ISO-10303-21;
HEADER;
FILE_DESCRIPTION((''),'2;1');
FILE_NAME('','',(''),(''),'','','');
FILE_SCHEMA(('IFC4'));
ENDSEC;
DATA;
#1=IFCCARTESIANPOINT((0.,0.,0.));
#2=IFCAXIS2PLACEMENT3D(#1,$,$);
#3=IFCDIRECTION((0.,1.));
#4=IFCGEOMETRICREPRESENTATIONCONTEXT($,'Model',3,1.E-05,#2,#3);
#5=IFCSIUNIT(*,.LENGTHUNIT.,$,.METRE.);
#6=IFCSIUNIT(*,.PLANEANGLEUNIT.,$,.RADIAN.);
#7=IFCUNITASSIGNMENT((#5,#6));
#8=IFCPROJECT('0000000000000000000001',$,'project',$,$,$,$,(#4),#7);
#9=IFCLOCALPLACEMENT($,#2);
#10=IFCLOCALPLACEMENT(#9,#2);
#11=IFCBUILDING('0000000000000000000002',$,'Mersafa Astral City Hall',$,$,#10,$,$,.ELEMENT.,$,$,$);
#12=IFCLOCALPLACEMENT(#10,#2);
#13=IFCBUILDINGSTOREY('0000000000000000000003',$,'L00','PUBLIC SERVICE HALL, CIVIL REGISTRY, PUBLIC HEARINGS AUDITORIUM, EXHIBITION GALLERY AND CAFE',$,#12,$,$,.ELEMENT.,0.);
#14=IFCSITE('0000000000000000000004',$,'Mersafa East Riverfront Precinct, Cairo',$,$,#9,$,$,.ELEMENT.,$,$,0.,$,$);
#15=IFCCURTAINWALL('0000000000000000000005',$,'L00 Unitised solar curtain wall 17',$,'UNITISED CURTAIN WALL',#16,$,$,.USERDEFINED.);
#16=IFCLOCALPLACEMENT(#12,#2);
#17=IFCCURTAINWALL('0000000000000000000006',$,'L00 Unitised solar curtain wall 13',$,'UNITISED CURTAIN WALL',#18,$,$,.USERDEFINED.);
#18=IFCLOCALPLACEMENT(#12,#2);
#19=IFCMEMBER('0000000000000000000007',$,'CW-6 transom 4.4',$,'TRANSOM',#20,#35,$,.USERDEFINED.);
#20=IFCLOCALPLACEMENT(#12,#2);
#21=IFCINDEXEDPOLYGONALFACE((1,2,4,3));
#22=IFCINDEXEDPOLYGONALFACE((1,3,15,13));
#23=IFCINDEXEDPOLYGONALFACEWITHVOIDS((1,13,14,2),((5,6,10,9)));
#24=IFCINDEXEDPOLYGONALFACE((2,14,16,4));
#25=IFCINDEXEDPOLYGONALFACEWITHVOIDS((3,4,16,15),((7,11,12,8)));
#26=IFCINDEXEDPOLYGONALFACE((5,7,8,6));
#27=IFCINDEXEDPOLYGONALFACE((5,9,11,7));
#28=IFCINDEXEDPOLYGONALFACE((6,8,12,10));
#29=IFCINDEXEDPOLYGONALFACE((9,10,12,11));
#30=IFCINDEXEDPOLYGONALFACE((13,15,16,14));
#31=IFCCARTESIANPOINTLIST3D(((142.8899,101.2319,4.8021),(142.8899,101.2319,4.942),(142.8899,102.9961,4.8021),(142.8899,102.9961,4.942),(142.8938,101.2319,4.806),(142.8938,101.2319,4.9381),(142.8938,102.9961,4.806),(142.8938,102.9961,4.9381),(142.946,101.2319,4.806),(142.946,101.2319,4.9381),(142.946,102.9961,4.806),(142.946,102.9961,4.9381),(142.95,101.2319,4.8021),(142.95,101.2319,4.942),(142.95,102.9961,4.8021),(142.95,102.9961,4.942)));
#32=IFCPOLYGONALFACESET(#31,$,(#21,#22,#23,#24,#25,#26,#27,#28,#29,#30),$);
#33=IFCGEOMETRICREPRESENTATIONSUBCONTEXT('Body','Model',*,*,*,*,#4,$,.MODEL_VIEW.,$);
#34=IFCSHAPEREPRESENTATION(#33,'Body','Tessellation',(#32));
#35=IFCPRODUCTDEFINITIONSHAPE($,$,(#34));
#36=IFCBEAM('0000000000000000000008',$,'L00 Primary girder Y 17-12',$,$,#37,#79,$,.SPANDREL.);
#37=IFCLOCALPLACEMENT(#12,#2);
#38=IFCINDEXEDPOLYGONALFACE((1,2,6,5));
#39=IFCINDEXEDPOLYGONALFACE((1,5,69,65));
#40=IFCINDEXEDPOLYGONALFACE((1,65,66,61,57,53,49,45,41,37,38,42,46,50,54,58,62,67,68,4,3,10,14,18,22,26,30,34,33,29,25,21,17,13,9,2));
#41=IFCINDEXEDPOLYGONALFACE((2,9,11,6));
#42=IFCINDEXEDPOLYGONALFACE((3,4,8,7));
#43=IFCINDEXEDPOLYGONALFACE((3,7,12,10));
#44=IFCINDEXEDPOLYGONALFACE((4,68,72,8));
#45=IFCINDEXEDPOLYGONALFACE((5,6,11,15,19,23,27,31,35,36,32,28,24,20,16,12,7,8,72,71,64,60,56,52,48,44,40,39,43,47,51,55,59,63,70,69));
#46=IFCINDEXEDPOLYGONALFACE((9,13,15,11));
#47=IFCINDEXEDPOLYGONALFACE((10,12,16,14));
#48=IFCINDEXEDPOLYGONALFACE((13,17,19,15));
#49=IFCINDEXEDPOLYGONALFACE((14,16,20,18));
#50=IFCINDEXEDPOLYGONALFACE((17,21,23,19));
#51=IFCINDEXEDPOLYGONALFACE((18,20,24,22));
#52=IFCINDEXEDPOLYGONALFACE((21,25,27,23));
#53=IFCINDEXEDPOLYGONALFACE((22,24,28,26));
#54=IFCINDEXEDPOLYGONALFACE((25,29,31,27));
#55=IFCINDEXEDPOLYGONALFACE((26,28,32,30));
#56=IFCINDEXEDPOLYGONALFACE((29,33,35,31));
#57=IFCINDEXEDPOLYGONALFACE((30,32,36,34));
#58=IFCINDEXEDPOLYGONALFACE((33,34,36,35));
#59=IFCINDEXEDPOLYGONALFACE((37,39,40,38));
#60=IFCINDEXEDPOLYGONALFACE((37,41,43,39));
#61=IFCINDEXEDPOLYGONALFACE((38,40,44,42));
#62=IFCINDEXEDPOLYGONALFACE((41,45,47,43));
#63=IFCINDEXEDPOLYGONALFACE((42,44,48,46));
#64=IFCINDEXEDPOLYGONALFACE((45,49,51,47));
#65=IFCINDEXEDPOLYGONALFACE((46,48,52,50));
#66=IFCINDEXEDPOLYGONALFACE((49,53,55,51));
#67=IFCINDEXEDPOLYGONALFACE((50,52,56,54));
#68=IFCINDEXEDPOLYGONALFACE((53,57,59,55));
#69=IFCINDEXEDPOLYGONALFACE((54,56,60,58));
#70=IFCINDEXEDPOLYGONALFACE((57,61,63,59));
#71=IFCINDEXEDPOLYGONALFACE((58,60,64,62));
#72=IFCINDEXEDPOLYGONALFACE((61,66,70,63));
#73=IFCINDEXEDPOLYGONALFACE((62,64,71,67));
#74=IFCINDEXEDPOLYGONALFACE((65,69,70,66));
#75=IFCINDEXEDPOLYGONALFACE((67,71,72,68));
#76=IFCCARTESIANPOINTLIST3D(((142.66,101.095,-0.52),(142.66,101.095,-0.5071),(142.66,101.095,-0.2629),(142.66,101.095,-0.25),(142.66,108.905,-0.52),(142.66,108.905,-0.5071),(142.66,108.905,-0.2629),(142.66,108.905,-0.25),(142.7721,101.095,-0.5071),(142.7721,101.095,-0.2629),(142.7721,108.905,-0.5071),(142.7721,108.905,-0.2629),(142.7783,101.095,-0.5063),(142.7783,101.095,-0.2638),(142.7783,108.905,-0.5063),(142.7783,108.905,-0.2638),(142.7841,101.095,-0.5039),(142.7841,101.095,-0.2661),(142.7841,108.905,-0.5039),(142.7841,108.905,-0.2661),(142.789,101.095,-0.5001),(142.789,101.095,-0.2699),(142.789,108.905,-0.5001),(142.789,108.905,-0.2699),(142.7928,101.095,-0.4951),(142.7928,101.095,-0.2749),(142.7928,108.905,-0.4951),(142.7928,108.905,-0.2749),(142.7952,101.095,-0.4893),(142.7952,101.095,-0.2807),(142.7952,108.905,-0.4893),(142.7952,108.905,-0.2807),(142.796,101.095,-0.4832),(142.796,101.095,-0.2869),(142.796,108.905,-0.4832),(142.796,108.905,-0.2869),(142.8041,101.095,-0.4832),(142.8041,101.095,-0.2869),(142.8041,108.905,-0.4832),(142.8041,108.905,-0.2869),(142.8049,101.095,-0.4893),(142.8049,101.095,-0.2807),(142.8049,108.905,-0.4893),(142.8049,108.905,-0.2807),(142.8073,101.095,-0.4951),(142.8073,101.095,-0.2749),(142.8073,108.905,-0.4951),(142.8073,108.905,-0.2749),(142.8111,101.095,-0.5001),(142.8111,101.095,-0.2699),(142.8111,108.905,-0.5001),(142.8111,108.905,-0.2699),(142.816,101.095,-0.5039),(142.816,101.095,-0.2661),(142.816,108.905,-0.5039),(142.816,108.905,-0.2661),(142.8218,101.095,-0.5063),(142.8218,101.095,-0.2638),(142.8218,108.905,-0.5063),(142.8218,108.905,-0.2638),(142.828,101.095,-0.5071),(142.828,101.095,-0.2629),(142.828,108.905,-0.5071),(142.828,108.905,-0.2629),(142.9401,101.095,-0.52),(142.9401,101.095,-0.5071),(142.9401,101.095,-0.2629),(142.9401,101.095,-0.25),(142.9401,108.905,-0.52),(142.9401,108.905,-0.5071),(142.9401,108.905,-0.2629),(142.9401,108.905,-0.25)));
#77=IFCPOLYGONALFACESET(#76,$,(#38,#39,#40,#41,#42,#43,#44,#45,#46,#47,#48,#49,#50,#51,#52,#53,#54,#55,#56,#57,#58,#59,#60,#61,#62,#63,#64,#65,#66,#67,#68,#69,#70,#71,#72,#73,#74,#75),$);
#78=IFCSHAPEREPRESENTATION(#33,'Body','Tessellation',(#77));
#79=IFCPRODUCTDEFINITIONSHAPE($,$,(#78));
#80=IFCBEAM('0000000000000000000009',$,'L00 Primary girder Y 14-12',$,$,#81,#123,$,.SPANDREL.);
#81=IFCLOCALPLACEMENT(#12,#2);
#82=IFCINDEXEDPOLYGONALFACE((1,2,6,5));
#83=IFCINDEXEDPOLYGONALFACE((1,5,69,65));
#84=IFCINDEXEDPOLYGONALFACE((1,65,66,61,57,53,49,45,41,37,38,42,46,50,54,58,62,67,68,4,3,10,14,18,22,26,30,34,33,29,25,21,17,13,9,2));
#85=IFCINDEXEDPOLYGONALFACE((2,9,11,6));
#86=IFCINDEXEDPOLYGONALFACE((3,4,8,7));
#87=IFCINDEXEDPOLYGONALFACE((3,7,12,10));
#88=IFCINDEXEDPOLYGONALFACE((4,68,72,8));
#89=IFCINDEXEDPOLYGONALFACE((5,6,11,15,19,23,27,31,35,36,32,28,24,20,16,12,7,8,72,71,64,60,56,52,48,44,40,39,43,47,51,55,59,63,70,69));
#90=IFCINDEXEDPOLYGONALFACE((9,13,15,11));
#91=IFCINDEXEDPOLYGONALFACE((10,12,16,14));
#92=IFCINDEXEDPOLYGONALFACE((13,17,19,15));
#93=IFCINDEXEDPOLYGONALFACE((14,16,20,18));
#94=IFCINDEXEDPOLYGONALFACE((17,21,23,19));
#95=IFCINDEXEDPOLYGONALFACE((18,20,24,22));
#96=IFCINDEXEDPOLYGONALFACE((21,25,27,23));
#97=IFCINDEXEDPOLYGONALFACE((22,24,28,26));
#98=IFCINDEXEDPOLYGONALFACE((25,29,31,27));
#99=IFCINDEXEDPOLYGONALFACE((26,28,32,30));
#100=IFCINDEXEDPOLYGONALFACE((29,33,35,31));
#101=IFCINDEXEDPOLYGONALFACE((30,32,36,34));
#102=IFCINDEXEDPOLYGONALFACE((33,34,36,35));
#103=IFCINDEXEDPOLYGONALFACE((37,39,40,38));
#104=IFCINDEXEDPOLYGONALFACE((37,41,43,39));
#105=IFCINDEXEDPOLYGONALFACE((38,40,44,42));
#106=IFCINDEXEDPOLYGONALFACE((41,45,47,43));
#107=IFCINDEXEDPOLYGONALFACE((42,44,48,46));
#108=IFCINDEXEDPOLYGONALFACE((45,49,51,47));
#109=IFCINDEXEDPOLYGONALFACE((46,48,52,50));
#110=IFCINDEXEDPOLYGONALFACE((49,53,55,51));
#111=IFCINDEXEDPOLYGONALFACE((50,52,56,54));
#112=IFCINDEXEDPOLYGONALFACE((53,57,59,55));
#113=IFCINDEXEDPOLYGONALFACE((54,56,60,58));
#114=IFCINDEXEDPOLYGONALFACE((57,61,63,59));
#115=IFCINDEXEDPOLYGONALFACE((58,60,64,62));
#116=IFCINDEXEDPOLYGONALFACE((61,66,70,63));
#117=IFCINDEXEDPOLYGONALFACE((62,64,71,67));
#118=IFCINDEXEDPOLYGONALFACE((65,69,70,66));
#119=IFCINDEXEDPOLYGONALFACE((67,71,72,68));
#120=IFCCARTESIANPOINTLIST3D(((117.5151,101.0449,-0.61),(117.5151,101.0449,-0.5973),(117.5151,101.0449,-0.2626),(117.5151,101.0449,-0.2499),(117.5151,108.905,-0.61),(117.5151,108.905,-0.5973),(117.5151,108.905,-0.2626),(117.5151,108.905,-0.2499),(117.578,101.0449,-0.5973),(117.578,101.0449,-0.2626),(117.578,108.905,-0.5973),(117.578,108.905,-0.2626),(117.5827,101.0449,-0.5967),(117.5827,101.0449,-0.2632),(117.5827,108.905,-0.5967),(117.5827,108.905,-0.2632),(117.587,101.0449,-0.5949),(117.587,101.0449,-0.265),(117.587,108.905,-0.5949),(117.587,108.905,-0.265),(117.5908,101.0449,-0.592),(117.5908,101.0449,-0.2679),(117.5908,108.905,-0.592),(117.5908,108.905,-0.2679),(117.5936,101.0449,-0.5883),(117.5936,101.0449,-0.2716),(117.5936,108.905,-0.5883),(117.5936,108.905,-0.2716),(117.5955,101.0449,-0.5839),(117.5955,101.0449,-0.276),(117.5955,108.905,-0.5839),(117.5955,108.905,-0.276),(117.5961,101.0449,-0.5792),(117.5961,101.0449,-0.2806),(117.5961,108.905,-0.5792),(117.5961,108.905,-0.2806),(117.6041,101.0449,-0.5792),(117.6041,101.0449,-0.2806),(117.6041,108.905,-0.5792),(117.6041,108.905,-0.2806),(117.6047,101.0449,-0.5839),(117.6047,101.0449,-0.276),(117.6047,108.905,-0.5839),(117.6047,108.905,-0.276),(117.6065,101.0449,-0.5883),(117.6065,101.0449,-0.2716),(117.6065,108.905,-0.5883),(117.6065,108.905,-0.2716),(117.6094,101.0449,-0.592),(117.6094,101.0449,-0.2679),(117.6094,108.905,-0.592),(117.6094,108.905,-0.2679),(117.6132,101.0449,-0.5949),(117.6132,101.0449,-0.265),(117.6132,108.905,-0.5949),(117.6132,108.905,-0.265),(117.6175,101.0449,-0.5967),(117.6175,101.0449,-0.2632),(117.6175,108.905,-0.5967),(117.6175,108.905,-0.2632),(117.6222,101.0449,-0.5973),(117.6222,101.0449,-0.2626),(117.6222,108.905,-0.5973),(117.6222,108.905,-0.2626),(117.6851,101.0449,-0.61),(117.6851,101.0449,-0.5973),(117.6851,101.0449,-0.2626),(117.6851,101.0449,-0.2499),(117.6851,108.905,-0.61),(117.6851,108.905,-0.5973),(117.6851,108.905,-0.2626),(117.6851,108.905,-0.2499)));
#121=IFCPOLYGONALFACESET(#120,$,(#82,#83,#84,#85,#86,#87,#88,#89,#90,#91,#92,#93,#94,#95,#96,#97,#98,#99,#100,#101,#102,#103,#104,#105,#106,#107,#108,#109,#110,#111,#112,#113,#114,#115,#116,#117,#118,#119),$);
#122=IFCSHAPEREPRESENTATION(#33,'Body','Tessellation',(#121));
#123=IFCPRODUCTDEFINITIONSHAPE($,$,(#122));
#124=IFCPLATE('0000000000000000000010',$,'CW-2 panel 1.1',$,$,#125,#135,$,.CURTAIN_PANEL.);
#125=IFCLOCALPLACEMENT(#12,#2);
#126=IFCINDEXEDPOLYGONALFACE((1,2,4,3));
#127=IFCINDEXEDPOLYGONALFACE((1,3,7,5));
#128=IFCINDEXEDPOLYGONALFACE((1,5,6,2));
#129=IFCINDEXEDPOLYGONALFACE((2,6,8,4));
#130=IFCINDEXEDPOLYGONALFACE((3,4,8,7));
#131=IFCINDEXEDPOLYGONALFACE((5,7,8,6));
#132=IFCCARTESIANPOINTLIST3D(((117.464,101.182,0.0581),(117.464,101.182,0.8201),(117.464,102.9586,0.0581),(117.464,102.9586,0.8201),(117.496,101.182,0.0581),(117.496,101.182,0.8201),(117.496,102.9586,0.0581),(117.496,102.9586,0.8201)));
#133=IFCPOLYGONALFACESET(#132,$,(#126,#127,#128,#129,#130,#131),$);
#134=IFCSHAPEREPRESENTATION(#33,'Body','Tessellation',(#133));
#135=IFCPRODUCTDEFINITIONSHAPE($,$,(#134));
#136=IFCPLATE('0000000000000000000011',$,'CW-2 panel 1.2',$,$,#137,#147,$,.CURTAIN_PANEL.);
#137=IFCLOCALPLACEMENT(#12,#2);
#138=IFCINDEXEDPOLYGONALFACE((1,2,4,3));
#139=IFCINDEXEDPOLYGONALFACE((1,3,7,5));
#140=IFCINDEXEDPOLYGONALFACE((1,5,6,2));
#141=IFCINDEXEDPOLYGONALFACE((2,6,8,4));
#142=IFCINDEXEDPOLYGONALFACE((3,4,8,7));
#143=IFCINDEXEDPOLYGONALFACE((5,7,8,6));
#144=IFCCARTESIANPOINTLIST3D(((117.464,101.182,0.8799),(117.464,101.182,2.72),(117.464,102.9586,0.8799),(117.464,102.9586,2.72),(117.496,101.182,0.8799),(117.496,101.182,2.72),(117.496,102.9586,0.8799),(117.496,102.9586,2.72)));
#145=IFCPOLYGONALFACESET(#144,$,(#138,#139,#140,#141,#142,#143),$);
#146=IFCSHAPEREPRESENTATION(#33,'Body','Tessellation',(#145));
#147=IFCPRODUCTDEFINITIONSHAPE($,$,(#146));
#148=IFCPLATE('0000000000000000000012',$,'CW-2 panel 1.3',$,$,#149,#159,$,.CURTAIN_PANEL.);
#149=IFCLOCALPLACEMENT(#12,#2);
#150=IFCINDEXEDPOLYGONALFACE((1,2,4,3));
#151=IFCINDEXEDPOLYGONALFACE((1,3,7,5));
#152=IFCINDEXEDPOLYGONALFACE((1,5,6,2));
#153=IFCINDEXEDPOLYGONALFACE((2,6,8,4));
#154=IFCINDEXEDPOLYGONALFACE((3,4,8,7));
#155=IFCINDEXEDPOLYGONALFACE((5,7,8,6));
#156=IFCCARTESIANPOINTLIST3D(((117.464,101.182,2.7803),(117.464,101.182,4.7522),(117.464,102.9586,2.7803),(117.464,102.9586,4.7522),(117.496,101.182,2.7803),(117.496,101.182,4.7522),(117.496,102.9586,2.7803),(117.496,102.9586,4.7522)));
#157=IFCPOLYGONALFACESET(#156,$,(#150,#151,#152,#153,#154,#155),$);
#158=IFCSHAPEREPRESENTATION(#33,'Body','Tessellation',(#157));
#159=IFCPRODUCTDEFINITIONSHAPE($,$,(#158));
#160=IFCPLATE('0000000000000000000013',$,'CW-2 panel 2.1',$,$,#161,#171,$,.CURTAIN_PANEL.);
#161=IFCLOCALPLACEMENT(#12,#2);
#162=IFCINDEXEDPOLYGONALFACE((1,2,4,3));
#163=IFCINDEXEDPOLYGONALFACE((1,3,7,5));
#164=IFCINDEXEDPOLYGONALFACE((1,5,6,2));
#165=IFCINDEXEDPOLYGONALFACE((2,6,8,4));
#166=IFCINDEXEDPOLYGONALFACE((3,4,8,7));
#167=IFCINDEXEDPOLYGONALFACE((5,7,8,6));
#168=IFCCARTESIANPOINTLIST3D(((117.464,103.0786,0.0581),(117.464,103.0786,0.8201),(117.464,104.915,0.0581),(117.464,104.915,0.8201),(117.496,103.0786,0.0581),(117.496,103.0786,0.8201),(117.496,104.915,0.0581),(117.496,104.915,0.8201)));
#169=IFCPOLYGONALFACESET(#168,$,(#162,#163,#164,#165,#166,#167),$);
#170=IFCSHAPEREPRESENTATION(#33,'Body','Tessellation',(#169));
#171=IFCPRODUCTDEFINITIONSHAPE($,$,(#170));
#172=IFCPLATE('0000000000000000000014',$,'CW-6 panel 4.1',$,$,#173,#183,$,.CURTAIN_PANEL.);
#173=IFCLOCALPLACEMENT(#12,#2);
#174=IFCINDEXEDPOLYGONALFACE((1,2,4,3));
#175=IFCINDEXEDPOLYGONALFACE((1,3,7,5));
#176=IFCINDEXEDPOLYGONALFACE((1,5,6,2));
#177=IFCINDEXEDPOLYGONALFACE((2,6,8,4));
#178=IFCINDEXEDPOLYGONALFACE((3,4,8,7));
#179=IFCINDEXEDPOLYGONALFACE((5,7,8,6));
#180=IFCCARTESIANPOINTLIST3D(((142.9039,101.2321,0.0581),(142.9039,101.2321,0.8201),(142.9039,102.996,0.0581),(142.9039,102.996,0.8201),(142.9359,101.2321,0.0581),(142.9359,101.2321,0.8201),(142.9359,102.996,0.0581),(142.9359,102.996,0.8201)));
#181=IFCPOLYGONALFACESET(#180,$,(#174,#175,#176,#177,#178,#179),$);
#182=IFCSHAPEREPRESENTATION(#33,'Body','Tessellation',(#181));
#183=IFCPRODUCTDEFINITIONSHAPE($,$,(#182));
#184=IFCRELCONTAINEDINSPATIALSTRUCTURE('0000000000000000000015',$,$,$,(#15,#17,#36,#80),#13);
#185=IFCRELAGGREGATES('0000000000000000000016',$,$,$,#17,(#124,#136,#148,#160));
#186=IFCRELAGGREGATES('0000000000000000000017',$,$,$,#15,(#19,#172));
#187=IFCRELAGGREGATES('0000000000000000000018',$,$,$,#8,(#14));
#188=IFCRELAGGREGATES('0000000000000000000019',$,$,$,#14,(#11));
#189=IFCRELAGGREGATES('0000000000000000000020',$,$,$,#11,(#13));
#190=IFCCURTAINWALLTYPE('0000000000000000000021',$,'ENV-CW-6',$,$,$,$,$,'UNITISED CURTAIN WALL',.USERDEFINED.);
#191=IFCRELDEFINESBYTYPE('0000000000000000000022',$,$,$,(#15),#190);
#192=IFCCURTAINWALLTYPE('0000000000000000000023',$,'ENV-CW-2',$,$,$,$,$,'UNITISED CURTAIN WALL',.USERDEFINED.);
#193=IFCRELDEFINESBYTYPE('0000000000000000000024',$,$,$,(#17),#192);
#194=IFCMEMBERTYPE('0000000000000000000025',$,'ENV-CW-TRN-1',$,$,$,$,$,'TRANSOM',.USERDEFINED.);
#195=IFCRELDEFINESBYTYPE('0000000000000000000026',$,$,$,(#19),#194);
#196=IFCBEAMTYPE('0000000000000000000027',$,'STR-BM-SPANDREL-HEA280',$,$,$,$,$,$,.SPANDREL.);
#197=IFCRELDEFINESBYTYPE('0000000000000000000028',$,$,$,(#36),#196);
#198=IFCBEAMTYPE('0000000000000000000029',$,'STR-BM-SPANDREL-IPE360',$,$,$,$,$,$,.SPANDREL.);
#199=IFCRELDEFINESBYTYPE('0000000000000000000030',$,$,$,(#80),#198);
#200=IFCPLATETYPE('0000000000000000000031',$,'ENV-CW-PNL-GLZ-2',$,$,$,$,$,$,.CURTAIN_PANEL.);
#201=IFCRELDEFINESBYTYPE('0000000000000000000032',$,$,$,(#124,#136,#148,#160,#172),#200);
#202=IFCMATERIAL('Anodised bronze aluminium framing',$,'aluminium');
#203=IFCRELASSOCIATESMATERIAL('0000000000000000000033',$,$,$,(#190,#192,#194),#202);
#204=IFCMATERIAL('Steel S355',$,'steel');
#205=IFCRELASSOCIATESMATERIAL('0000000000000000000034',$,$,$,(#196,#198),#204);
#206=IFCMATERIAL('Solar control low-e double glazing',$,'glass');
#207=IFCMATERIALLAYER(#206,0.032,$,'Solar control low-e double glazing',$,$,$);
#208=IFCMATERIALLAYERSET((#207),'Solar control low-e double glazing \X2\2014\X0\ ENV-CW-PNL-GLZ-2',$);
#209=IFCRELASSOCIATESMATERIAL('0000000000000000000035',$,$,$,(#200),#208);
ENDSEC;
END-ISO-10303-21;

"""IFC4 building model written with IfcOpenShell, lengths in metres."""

from ifc_helpers import new_model, si_unit, direction, frame, origin, origin_2d, place, context, subcontext, project, spatial, rectangle, hollow_rectangle, i_section, extrude, material, layer, layer_set, material_profile, profile_set, type_object, element, aggregate, save


model = new_model("IFC4")

# Units and contexts
model_context = context("Model", 3, precision=1e-05, world=origin(), true_north=direction((0.0, 1.0)))
body_context = subcontext(model_context, "Body", "Model", "MODEL_VIEW")
ifc_project = project(units=[si_unit("LENGTHUNIT", "METRE"), si_unit("PLANEANGLEUNIT", "RADIAN")], contexts=[model_context])

# Site, building, storey
site_placement = place(None, origin())
site = spatial("IfcSite", under=ifc_project, at=site_placement, Name="Mersafa East Riverfront Precinct, Cairo", CompositionType="ELEMENT", RefElevation=0.0)
building_placement = place(site_placement, origin())
building = spatial("IfcBuilding", under=site, at=building_placement, Name="Mersafa Astral City Hall", CompositionType="ELEMENT")
storey_placement = place(building_placement, origin())
storey = spatial("IfcBuildingStorey", under=building, at=storey_placement, Name="L00", Description="PUBLIC SERVICE HALL, CIVIL REGISTRY, PUBLIC HEARINGS AUDITORIUM, EXHIBITION GALLERY AND CAFE", CompositionType="ELEMENT", Elevation=0.0)

# Curtain walls
ifc_material_1 = material(Name="Anodised bronze aluminium framing", Category="aluminium")
curtain_wall_type_1 = type_object("IfcCurtainWallType", Name="ENV-CW-6", ElementType="UNITISED CURTAIN WALL", PredefinedType="USERDEFINED", material=ifc_material_1)
curtain_wall_1_placement = place(storey_placement, origin())
curtain_wall_1 = element("IfcCurtainWall", 1, at=curtain_wall_1_placement, inside=storey, type_object=curtain_wall_type_1, Name="L00 Unitised solar curtain wall 17", ObjectType="UNITISED CURTAIN WALL", PredefinedType="USERDEFINED")
curtain_wall_type_2 = type_object("IfcCurtainWallType", Name="ENV-CW-2", ElementType="UNITISED CURTAIN WALL", PredefinedType="USERDEFINED", material=ifc_material_1)
curtain_wall_2_placement = place(storey_placement, origin())
curtain_wall_2 = element("IfcCurtainWall", 2, at=curtain_wall_2_placement, inside=storey, type_object=curtain_wall_type_2, Name="L00 Unitised solar curtain wall 13", ObjectType="UNITISED CURTAIN WALL", PredefinedType="USERDEFINED")
ifc_material_profile_1 = material_profile(ifc_material_1, hollow_rectangle(XDim=0.0601, YDim=0.1399, WallThickness=0.0039, at=origin_2d()), Name="RHS 60x140x4")
ifc_profile_set_1 = profile_set([ifc_material_profile_1], Name="Anodised bronze aluminium framing")
member_type_1 = type_object("IfcMemberType", Name="ENV-CW-TRN-1", ElementType="TRANSOM", PredefinedType="USERDEFINED", material=ifc_profile_set_1)

# Member
member_1_placement = place(storey_placement, frame((142.9199, 102.9961, 4.8721), z_axis=(0.0, -1.0, 0.0), x_axis=(1.0, 0.0, 0.0)))
member_1 = element("IfcMember", 3, at=member_1_placement, type_object=member_type_1, Name="CW-6 transom 4.4", ObjectType="TRANSOM", PredefinedType="USERDEFINED", context=body_context, shape_type="SweptSolid", body=[
    extrude(hollow_rectangle(XDim=0.0601, YDim=0.1399, WallThickness=0.0039, at=origin_2d()), origin(), (0.0, 0.0, 1.0), 1.7642),
])

# Beams
ifc_material_2 = material(Name="Steel S355", Category="steel")
ifc_material_profile_2 = material_profile(ifc_material_2, i_section(OverallWidth=0.28, OverallDepth=0.27, WebThickness=0.0081, FlangeThickness=0.0129, FilletRadius=0.0239, at=origin_2d()), Name="HEA 280")
ifc_profile_set_2 = profile_set([ifc_material_profile_2], Name="Steel S355")
beam_type_1 = type_object("IfcBeamType", Name="STR-BM-SPANDREL-HEA280", PredefinedType="SPANDREL", material=ifc_profile_set_2)
beam_1_placement = place(storey_placement, frame((142.8, 101.095, -0.385), z_axis=(0.0, 1.0, 0.0), x_axis=(-1.0, 0.0, 0.0)))
element("IfcBeam", 4, at=beam_1_placement, inside=storey, type_object=beam_type_1, Name="L00 Primary girder Y 17-12", PredefinedType="SPANDREL", context=body_context, shape_type="SweptSolid", body=[
    extrude(i_section(OverallWidth=0.28, OverallDepth=0.27, WebThickness=0.0081, FlangeThickness=0.0129, FilletRadius=0.0239, at=origin_2d()), origin(), (0.0, 0.0, 1.0), 7.8101),
])
ifc_material_profile_3 = material_profile(ifc_material_2, i_section(OverallWidth=0.1699, OverallDepth=0.3601, WebThickness=0.0081, FlangeThickness=0.0127, FilletRadius=0.0181, at=origin_2d()), Name="IPE 360")
ifc_profile_set_3 = profile_set([ifc_material_profile_3], Name="Steel S355")
beam_type_2 = type_object("IfcBeamType", Name="STR-BM-SPANDREL-IPE360", PredefinedType="SPANDREL", material=ifc_profile_set_3)
beam_2_placement = place(storey_placement, frame((117.6001, 101.0449, -0.4299), z_axis=(0.0, 1.0, 0.0), x_axis=(-1.0, 0.0, 0.0)))
element("IfcBeam", 5, at=beam_2_placement, inside=storey, type_object=beam_type_2, Name="L00 Primary girder Y 14-12", PredefinedType="SPANDREL", context=body_context, shape_type="SweptSolid", body=[
    extrude(i_section(OverallWidth=0.1699, OverallDepth=0.3601, WebThickness=0.0081, FlangeThickness=0.0127, FilletRadius=0.0181, at=origin_2d()), origin(), (0.0, 0.0, 1.0), 7.8601),
])

# Plates
ifc_material_3 = material(Name="Solar control low-e double glazing", Category="glass")
ifc_layer = layer(ifc_material_3, 0.032, Name="Solar control low-e double glazing")
ifc_layer_set = layer_set([ifc_layer], Name="Solar control low-e double glazing — ENV-CW-PNL-GLZ-2")
plate_type = type_object("IfcPlateType", Name="ENV-CW-PNL-GLZ-2", PredefinedType="CURTAIN_PANEL", material=ifc_layer_set)
plate_1_placement = place(storey_placement, frame((117.48, 102.0703, 0.0581), z_axis=(0.0, 0.0, 1.0), x_axis=(0.0, 1.0, 0.0)))
plate_1 = element("IfcPlate", 6, at=plate_1_placement, type_object=plate_type, Name="CW-2 panel 1.1", PredefinedType="CURTAIN_PANEL", context=body_context, shape_type="SweptSolid", body=[
    extrude(rectangle(XDim=1.7766, YDim=0.032, at=origin_2d()), origin(), (0.0, 0.0, 1.0), 0.762),
])
plate_2_placement = place(storey_placement, frame((117.48, 102.0703, 0.8799), z_axis=(0.0, 0.0, 1.0), x_axis=(0.0, 1.0, 0.0)))
plate_2 = element("IfcPlate", 7, at=plate_2_placement, type_object=plate_type, Name="CW-2 panel 1.2", PredefinedType="CURTAIN_PANEL", context=body_context, shape_type="SweptSolid", body=[
    extrude(rectangle(XDim=1.7766, YDim=0.032, at=origin_2d()), origin(), (0.0, 0.0, 1.0), 1.8401),
])
plate_3_placement = place(storey_placement, frame((117.48, 102.0703, 2.7803), z_axis=(0.0, 0.0, 1.0), x_axis=(0.0, 1.0, 0.0)))
plate_3 = element("IfcPlate", 8, at=plate_3_placement, type_object=plate_type, Name="CW-2 panel 1.3", PredefinedType="CURTAIN_PANEL", context=body_context, shape_type="SweptSolid", body=[
    extrude(rectangle(XDim=1.7766, YDim=0.032, at=origin_2d()), origin(), (0.0, 0.0, 1.0), 1.9719),
])
plate_4_placement = place(storey_placement, frame((117.48, 103.9968, 0.0581), z_axis=(0.0, 0.0, 1.0), x_axis=(0.0, 1.0, 0.0)))
plate_4 = element("IfcPlate", 9, at=plate_4_placement, type_object=plate_type, Name="CW-2 panel 2.1", PredefinedType="CURTAIN_PANEL", context=body_context, shape_type="SweptSolid", body=[
    extrude(rectangle(XDim=1.8364, YDim=0.032, at=origin_2d()), origin(), (0.0, 0.0, 1.0), 0.762),
])
aggregate(curtain_wall_2, [plate_1, plate_2, plate_3, plate_4])
plate_5_placement = place(storey_placement, frame((142.9199, 102.114, 0.0581), z_axis=(0.0, 0.0, 1.0), x_axis=(0.0, -1.0, 0.0)))
plate_5 = element("IfcPlate", 10, at=plate_5_placement, type_object=plate_type, Name="CW-6 panel 4.1", PredefinedType="CURTAIN_PANEL", context=body_context, shape_type="SweptSolid", body=[
    extrude(rectangle(XDim=1.7639, YDim=0.032, at=origin_2d()), origin(), (0.0, 0.0, 1.0), 0.762),
])
aggregate(curtain_wall_1, [member_1, plate_5])

save(model, "model.ifc")
